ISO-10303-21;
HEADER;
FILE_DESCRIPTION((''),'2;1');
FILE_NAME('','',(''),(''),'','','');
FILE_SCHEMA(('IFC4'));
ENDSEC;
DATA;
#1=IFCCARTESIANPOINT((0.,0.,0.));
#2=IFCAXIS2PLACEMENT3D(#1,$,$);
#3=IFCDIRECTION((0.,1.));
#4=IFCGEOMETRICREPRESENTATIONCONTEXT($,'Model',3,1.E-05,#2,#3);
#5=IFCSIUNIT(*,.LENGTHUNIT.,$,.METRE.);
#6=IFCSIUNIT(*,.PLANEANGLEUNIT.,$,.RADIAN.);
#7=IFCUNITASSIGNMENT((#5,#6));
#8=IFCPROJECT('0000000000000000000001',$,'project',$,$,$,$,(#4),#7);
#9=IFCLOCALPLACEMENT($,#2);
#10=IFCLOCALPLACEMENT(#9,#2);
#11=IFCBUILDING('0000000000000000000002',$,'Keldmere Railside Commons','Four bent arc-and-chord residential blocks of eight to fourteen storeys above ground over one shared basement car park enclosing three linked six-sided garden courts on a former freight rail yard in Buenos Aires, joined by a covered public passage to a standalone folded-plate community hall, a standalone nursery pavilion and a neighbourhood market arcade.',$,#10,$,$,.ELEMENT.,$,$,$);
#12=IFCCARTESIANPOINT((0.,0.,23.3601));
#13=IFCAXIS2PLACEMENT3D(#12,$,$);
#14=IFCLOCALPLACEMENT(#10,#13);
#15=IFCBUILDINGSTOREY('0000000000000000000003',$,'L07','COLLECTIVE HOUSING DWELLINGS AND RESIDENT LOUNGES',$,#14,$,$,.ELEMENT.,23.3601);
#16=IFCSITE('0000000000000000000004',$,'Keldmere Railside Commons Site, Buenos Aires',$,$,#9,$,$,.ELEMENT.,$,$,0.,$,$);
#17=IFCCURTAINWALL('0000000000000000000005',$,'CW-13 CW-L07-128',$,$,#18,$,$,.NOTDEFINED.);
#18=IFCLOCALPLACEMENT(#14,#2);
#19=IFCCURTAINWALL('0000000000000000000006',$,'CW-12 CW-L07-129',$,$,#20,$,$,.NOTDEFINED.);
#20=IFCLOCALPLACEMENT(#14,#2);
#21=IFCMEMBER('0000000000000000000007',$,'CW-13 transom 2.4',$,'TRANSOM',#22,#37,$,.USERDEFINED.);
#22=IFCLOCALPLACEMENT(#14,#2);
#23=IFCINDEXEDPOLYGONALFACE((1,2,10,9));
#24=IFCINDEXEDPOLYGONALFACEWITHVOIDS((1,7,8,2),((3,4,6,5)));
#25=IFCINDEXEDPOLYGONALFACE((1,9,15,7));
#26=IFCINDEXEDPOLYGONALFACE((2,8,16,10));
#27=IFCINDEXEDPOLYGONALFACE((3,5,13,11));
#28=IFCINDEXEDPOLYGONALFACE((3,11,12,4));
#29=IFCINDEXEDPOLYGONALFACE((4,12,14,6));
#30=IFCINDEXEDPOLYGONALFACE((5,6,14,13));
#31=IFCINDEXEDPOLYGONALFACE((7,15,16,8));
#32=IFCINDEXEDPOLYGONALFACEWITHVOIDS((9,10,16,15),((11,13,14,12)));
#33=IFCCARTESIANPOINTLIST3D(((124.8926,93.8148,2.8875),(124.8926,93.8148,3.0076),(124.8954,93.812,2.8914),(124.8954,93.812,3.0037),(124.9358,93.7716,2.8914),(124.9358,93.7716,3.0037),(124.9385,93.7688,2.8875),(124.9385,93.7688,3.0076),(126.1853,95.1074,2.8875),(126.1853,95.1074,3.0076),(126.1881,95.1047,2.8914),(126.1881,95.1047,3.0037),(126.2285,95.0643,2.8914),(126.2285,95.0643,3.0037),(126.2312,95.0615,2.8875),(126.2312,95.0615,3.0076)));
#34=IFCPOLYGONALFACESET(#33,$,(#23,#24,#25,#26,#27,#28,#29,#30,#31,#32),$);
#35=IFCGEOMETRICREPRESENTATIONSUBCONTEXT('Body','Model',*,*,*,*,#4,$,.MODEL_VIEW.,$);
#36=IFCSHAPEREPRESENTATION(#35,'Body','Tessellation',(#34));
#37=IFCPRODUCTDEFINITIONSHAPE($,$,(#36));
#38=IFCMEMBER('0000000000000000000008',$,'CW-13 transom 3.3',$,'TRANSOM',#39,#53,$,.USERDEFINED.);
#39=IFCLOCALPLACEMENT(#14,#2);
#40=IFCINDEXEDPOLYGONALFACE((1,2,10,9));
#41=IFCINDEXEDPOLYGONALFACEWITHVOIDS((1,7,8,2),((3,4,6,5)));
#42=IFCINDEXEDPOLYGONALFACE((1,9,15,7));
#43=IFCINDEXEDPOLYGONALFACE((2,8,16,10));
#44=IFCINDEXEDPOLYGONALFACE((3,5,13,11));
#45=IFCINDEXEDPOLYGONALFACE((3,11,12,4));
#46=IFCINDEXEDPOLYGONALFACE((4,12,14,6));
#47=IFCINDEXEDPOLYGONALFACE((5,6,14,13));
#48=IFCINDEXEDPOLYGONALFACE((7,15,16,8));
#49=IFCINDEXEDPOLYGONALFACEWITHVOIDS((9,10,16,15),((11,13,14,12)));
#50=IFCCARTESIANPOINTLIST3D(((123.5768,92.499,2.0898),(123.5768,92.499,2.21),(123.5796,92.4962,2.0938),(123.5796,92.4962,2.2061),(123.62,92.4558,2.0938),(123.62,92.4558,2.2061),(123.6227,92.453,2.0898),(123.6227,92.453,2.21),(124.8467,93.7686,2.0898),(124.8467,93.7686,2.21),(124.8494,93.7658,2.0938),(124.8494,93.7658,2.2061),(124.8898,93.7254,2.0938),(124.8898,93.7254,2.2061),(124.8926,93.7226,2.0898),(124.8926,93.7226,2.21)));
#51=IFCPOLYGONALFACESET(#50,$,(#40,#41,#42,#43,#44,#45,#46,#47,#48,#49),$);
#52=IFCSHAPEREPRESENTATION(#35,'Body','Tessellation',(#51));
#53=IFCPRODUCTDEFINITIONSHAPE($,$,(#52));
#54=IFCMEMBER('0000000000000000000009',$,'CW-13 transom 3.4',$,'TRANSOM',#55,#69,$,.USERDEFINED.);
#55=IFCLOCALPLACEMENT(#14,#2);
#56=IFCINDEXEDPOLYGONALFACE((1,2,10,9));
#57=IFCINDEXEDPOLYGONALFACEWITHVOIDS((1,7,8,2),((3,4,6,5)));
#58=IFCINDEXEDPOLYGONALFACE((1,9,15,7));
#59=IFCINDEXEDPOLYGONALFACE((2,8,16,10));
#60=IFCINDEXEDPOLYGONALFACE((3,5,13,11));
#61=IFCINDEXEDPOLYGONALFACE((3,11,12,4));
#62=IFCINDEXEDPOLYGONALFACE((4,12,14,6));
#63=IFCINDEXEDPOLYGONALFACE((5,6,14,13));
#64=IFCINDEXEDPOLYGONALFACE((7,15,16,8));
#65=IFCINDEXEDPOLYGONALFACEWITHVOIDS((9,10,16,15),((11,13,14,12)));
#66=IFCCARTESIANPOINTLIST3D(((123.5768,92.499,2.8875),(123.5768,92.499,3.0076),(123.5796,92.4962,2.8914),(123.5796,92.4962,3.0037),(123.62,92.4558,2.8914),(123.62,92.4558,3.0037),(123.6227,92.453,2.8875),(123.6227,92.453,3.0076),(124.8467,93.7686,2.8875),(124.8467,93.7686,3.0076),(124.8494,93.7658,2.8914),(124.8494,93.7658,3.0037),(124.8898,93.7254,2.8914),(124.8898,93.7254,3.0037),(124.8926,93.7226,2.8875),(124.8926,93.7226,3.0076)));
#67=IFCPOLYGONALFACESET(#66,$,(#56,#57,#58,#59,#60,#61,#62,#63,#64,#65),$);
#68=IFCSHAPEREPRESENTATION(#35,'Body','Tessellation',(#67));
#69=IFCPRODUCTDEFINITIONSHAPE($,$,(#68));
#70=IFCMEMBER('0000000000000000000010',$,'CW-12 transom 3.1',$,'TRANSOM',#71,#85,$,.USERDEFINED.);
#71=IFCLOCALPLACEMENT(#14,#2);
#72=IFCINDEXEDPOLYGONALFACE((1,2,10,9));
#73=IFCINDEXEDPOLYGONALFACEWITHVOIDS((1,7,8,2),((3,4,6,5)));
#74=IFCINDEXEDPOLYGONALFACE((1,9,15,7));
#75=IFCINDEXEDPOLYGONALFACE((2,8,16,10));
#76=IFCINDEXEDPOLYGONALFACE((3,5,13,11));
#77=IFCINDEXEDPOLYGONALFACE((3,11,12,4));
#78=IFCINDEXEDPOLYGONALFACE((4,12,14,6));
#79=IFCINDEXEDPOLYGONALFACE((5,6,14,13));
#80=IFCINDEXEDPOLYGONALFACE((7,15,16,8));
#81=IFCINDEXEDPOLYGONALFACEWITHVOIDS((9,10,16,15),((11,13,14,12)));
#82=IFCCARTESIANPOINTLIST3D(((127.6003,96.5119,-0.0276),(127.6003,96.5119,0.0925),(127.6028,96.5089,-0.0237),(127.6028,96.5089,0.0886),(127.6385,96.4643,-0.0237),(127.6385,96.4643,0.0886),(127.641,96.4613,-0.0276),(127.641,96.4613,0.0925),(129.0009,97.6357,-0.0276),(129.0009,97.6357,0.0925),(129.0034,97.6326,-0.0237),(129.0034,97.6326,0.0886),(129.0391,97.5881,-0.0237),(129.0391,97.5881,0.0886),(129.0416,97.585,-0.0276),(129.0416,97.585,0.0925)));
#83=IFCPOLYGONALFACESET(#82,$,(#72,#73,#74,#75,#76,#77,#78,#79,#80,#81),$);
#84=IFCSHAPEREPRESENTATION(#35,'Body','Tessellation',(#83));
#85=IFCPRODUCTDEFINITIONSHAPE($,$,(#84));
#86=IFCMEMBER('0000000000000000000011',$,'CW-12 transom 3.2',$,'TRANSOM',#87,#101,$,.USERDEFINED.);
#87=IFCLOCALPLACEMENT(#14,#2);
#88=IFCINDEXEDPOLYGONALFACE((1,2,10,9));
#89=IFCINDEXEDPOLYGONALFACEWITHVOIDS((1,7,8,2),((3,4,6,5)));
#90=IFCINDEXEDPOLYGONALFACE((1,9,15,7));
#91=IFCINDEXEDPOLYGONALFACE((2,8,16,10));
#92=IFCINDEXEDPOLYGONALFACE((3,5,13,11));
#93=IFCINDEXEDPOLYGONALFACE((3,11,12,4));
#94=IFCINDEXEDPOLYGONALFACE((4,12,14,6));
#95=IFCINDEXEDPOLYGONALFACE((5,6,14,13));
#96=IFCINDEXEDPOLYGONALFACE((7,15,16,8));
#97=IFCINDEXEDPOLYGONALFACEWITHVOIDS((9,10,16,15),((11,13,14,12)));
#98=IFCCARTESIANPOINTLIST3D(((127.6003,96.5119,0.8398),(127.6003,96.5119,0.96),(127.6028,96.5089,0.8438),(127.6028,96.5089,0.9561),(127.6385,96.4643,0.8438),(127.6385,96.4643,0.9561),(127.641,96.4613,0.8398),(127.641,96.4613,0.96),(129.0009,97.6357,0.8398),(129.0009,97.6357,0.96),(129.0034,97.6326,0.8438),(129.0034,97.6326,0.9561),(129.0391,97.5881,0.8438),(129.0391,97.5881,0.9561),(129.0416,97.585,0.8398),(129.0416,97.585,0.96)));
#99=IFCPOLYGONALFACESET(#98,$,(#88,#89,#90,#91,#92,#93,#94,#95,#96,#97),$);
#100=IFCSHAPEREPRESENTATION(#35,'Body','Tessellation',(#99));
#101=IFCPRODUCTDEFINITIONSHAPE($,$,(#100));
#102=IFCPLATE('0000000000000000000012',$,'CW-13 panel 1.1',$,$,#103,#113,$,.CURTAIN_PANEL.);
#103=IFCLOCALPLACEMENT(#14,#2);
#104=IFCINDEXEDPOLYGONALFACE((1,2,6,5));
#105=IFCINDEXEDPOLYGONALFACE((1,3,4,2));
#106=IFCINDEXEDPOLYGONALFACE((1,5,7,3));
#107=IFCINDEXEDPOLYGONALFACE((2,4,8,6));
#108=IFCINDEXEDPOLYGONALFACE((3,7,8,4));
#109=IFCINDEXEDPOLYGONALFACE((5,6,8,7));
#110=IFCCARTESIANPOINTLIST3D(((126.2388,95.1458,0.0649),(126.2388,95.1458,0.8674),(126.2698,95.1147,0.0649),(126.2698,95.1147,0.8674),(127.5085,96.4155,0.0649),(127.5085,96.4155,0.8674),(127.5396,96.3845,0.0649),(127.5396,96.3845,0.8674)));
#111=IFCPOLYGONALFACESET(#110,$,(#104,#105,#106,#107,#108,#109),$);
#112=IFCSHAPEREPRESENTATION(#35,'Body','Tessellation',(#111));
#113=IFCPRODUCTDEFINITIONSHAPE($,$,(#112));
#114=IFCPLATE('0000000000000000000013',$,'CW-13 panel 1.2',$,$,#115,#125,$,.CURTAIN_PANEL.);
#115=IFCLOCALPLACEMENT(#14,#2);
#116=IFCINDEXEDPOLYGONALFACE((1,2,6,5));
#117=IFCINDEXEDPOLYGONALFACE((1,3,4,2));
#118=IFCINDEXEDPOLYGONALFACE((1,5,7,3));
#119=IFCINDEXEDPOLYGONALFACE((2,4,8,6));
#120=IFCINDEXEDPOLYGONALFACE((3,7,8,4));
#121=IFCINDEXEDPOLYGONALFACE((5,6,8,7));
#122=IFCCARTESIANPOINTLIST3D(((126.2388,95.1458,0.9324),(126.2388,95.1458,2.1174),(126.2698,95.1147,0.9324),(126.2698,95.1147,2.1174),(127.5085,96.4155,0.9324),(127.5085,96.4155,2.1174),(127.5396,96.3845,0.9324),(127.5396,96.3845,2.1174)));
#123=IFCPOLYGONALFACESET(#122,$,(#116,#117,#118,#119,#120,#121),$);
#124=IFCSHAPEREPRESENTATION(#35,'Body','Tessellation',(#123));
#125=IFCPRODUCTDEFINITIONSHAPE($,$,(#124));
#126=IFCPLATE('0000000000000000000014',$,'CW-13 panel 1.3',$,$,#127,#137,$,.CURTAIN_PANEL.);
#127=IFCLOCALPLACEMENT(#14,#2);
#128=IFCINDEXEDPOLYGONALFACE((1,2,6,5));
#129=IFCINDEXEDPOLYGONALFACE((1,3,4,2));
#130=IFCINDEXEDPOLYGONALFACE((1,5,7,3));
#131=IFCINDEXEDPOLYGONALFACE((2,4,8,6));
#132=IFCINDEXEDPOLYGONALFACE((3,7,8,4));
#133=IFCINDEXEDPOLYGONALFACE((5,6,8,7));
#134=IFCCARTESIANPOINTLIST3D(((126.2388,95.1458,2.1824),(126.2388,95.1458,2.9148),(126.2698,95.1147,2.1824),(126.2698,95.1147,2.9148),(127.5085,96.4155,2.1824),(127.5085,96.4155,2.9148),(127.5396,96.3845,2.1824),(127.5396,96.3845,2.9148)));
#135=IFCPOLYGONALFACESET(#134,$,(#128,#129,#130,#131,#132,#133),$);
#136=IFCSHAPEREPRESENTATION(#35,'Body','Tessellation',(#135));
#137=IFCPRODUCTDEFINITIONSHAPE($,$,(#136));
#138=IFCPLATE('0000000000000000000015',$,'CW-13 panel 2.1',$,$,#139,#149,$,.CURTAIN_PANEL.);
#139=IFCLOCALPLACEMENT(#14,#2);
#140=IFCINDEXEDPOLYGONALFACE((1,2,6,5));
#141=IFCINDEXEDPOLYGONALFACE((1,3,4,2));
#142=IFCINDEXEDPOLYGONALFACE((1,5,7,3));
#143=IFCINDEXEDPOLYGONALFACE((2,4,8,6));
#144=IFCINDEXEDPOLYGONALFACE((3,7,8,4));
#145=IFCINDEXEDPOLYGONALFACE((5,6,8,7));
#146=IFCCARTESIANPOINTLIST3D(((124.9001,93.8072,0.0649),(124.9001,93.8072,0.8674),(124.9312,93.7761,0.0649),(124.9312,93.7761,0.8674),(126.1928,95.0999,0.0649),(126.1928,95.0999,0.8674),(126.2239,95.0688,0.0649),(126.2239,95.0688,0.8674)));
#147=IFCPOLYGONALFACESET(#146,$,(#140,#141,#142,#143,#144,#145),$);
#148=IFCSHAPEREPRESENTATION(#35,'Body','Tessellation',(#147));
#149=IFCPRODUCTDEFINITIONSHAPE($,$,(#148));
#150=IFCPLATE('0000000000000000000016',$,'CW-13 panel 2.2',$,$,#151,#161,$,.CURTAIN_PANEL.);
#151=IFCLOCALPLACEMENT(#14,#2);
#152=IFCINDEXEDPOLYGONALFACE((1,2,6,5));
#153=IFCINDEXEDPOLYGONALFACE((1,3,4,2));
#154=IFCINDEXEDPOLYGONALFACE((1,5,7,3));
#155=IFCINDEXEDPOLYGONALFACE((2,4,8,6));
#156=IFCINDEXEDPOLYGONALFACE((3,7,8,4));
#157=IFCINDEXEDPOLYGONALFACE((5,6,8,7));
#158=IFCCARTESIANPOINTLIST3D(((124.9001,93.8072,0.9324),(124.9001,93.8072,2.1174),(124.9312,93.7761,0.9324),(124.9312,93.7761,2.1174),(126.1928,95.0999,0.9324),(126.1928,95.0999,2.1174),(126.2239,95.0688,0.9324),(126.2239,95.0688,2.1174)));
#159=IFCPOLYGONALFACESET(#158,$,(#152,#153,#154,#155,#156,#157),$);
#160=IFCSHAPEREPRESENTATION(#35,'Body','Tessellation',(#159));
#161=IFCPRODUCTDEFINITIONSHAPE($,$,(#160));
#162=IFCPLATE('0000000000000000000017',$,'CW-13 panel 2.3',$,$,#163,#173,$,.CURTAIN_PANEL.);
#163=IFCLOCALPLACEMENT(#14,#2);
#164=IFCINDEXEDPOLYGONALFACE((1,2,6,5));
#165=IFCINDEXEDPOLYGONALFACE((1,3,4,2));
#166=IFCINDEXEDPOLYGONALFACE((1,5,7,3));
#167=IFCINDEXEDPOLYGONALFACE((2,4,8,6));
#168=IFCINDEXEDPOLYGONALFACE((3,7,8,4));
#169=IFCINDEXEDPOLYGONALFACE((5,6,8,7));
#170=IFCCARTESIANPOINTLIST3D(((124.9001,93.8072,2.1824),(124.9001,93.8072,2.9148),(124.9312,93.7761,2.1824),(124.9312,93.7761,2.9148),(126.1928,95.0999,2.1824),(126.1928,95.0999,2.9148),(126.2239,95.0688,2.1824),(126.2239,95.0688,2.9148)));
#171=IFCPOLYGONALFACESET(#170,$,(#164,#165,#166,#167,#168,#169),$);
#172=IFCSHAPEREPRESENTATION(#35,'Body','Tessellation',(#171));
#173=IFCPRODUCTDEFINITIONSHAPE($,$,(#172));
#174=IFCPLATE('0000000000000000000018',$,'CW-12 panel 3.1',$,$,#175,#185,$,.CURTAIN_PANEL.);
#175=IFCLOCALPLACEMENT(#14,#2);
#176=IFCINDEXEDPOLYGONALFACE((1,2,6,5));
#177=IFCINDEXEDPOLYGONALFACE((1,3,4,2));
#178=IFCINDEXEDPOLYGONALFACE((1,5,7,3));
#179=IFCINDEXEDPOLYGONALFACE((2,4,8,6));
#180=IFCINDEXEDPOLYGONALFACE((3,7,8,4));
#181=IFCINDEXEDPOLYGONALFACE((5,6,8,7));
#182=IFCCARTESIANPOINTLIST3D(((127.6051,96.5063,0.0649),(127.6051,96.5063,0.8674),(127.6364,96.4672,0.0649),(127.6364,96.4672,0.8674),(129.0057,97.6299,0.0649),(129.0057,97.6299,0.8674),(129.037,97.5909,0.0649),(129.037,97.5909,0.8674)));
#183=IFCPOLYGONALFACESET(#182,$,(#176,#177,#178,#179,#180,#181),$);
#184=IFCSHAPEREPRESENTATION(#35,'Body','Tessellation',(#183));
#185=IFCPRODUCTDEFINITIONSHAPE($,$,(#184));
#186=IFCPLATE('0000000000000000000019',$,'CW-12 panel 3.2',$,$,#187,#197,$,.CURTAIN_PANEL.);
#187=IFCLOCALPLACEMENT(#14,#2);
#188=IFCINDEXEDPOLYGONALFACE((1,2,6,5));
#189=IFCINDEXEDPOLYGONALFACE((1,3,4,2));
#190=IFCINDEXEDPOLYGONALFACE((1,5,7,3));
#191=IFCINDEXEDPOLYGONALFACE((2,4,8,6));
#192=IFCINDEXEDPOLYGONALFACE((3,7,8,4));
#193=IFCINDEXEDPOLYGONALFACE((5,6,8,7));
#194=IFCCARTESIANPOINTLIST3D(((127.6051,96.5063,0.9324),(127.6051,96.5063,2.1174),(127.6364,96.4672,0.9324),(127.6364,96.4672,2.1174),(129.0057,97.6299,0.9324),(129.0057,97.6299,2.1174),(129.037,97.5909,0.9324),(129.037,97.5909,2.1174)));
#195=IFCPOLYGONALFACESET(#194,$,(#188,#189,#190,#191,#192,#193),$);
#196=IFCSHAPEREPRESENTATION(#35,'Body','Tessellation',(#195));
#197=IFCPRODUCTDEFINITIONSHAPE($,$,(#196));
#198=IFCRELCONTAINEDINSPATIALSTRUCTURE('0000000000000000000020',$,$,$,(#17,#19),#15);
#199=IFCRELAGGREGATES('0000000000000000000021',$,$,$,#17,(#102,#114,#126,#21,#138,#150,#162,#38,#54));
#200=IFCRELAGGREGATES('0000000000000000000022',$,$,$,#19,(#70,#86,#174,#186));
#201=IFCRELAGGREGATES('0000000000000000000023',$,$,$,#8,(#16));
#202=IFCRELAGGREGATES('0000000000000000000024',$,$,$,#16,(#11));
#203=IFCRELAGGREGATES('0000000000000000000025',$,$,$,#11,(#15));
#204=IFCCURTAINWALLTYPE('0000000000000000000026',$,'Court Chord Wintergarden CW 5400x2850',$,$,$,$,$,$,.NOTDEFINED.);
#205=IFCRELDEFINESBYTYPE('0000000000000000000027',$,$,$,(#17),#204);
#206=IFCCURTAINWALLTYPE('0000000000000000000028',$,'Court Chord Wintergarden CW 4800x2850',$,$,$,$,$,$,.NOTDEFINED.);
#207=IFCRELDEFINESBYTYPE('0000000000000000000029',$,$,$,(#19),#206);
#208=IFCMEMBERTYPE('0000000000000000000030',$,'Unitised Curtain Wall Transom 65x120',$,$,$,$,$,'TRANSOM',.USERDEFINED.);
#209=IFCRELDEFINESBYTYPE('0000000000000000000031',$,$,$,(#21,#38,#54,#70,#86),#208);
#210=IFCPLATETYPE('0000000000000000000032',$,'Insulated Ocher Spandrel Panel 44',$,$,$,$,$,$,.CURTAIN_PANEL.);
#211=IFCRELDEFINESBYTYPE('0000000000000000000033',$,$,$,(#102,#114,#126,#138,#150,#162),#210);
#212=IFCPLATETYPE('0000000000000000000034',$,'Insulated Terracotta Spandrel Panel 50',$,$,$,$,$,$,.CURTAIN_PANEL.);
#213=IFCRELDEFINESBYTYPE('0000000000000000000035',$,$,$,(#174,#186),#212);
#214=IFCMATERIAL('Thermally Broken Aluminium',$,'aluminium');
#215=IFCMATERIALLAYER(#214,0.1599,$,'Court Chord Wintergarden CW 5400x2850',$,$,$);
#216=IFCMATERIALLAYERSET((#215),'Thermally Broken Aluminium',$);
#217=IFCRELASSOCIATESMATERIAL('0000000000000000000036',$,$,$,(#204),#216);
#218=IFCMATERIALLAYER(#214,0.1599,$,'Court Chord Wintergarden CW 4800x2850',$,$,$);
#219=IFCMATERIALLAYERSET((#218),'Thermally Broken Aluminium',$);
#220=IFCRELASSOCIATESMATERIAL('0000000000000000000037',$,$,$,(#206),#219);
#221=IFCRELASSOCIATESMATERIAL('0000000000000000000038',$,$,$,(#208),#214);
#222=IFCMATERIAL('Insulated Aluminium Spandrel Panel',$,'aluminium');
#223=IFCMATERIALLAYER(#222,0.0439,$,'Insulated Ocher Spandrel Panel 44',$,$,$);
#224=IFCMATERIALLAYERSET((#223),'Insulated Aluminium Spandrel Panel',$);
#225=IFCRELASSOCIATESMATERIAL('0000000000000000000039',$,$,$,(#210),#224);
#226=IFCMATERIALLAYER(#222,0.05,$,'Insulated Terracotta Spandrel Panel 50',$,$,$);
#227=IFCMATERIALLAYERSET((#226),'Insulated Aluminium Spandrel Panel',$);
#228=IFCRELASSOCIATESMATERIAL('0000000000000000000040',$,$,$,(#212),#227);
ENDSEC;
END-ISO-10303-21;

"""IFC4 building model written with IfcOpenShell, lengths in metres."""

from ifc_helpers import new_model, si_unit, direction, frame, origin, origin_2d, place, context, subcontext, project, spatial, rectangle, hollow_rectangle, extrude, material, layer, layer_set, material_profile, profile_set, type_object, element, aggregate, save


model = new_model("IFC4")

# Units and contexts
model_context = context("Model", 3, precision=1e-05, world=origin(), true_north=direction((0.0, 1.0)))
body_context = subcontext(model_context, "Body", "Model", "MODEL_VIEW")
ifc_project = project(units=[si_unit("LENGTHUNIT", "METRE"), si_unit("PLANEANGLEUNIT", "RADIAN")], contexts=[model_context])

# Site, building, storey
site_placement = place(None, origin())
site = spatial("IfcSite", under=ifc_project, at=site_placement, Name="Keldmere Railside Commons Site, Buenos Aires", CompositionType="ELEMENT", RefElevation=0.0)
building_placement = place(site_placement, origin())
building = spatial("IfcBuilding", under=site, at=building_placement, Name="Keldmere Railside Commons", Description="Four bent arc-and-chord residential blocks of eight to fourteen storeys above ground over one shared basement car park enclosing three linked six-sided garden courts on a former freight rail yard in Buenos Aires, joined by a covered public passage to a standalone folded-plate community hall, a standalone nursery pavilion and a neighbourhood market arcade.", CompositionType="ELEMENT")
storey_placement = place(building_placement, frame((0.0, 0.0, 23.3601)))
storey = spatial("IfcBuildingStorey", under=building, at=storey_placement, Name="L07", Description="COLLECTIVE HOUSING DWELLINGS AND RESIDENT LOUNGES", CompositionType="ELEMENT", Elevation=23.3601)

# Curtain wall
ifc_material_1 = material(Name="Thermally Broken Aluminium", Category="aluminium")
ifc_layer_1 = layer(ifc_material_1, 0.1599, Name="Court Chord Wintergarden CW 5400x2850")
ifc_layer_set_1 = layer_set([ifc_layer_1], Name="Thermally Broken Aluminium")
curtain_wall_type_1 = type_object("IfcCurtainWallType", Name="Court Chord Wintergarden CW 5400x2850", PredefinedType="NOTDEFINED", material=ifc_layer_set_1)
curtain_wall_1_placement = place(storey_placement, origin())
curtain_wall_1 = element("IfcCurtainWall", 1, at=curtain_wall_1_placement, inside=storey, type_object=curtain_wall_type_1, Name="CW-13 CW-L07-128", PredefinedType="NOTDEFINED")

# Curtain wall
ifc_layer_2 = layer(ifc_material_1, 0.1599, Name="Court Chord Wintergarden CW 4800x2850")
ifc_layer_set_2 = layer_set([ifc_layer_2], Name="Thermally Broken Aluminium")
curtain_wall_type_2 = type_object("IfcCurtainWallType", Name="Court Chord Wintergarden CW 4800x2850", PredefinedType="NOTDEFINED", material=ifc_layer_set_2)
curtain_wall_2_placement = place(storey_placement, origin())
curtain_wall_2 = element("IfcCurtainWall", 2, at=curtain_wall_2_placement, inside=storey, type_object=curtain_wall_type_2, Name="CW-12 CW-L07-129", PredefinedType="NOTDEFINED")

# Members
ifc_material_profile_1 = material_profile(ifc_material_1, hollow_rectangle(XDim=0.0649, YDim=0.1201, WallThickness=0.0039, at=origin_2d()), Name="ALU-TRAN-65x120")
ifc_profile_set_1 = profile_set([ifc_material_profile_1], Name="Thermally Broken Aluminium")
member_type_1 = type_object("IfcMemberType", Name="Unitised Curtain Wall Transom 65x120", ElementType="TRANSOM", PredefinedType="USERDEFINED", material=ifc_profile_set_1)
member_1_placement = place(storey_placement, frame((126.2083, 95.0845, 2.9475), z_axis=(-0.707107, -0.707107, 0.0), x_axis=(0.707107, -0.707107, 0.0)))
member_1 = element("IfcMember", 3, at=member_1_placement, type_object=member_type_1, Name="CW-13 transom 2.4", ObjectType="TRANSOM", PredefinedType="USERDEFINED", context=body_context, shape_type="SweptSolid", body=[
    extrude(hollow_rectangle(XDim=0.0649, YDim=0.1201, WallThickness=0.0039, at=origin_2d()), origin(), (0.0, 0.0, 1.0), 1.8281),
])
member_2_placement = place(storey_placement, frame((124.8696, 93.7456, 2.1499), z_axis=(-0.707175, -0.707039, 0.0), x_axis=(0.707039, -0.707175, 0.0)))
member_2 = element("IfcMember", 4, at=member_2_placement, type_object=member_type_1, Name="CW-13 transom 3.3", ObjectType="TRANSOM", PredefinedType="USERDEFINED", context=body_context, shape_type="SweptSolid", body=[
    extrude(hollow_rectangle(XDim=0.0649, YDim=0.1201, WallThickness=0.0039, at=origin_2d()), origin(), (0.0, 0.0, 1.0), 1.7957),
])
member_3_placement = place(storey_placement, frame((124.8696, 93.7456, 2.9475), z_axis=(-0.707175, -0.707039, 0.0), x_axis=(0.707039, -0.707175, 0.0)))
member_3 = element("IfcMember", 5, at=member_3_placement, type_object=member_type_1, Name="CW-13 transom 3.4", ObjectType="TRANSOM", PredefinedType="USERDEFINED", context=body_context, shape_type="SweptSolid", body=[
    extrude(hollow_rectangle(XDim=0.0649, YDim=0.1201, WallThickness=0.0039, at=origin_2d()), origin(), (0.0, 0.0, 1.0), 1.7957),
])
member_4_placement = place(storey_placement, frame((129.0212, 97.6104, 0.0325), z_axis=(-0.779979, -0.625805, 0.0), x_axis=(0.625805, -0.779979, 0.0)))
member_4 = element("IfcMember", 6, at=member_4_placement, type_object=member_type_1, Name="CW-12 transom 3.1", ObjectType="TRANSOM", PredefinedType="USERDEFINED", context=body_context, shape_type="SweptSolid", body=[
    extrude(hollow_rectangle(XDim=0.0649, YDim=0.1201, WallThickness=0.0039, at=origin_2d()), origin(), (0.0, 0.0, 1.0), 1.7957),
])
member_5_placement = place(storey_placement, frame((129.0212, 97.6104, 0.8999), z_axis=(-0.779979, -0.625805, 0.0), x_axis=(0.625805, -0.779979, 0.0)))
member_5 = element("IfcMember", 7, at=member_5_placement, type_object=member_type_1, Name="CW-12 transom 3.2", ObjectType="TRANSOM", PredefinedType="USERDEFINED", context=body_context, shape_type="SweptSolid", body=[
    extrude(hollow_rectangle(XDim=0.0649, YDim=0.1201, WallThickness=0.0039, at=origin_2d()), origin(), (0.0, 0.0, 1.0), 1.7957),
])

# Plates
ifc_material_2 = material(Name="Insulated Aluminium Spandrel Panel", Category="aluminium")
ifc_layer_3 = layer(ifc_material_2, 0.0439, Name="Insulated Ocher Spandrel Panel 44")
ifc_layer_set_3 = layer_set([ifc_layer_3], Name="Insulated Aluminium Spandrel Panel")
plate_type_1 = type_object("IfcPlateType", Name="Insulated Ocher Spandrel Panel 44", PredefinedType="CURTAIN_PANEL", material=ifc_layer_set_3)
plate_1_placement = place(storey_placement, frame((126.8892, 95.7651, 0.0649), z_axis=(0.0, 0.0, 1.0), x_axis=(-0.707107, -0.707107, 0.0)))
plate_1 = element("IfcPlate", 8, at=plate_1_placement, type_object=plate_type_1, Name="CW-13 panel 1.1", PredefinedType="CURTAIN_PANEL", context=body_context, shape_type="SweptSolid", body=[
    extrude(rectangle(XDim=1.7957, YDim=0.0439, at=origin_2d()), origin(), (0.0, 0.0, 1.0), 0.8025),
])
plate_2_placement = place(storey_placement, frame((126.8892, 95.7651, 0.9324), z_axis=(0.0, 0.0, 1.0), x_axis=(-0.707107, -0.707107, 0.0)))
plate_2 = element("IfcPlate", 9, at=plate_2_placement, type_object=plate_type_1, Name="CW-13 panel 1.2", PredefinedType="CURTAIN_PANEL", context=body_context, shape_type="SweptSolid", body=[
    extrude(rectangle(XDim=1.7957, YDim=0.0439, at=origin_2d()), origin(), (0.0, 0.0, 1.0), 1.1851),
])
plate_3_placement = place(storey_placement, frame((126.8892, 95.7651, 2.1824), z_axis=(0.0, 0.0, 1.0), x_axis=(-0.707107, -0.707107, 0.0)))
plate_3 = element("IfcPlate", 10, at=plate_3_placement, type_object=plate_type_1, Name="CW-13 panel 1.3", PredefinedType="CURTAIN_PANEL", context=body_context, shape_type="SweptSolid", body=[
    extrude(rectangle(XDim=1.7957, YDim=0.0439, at=origin_2d()), origin(), (0.0, 0.0, 1.0), 0.7324),
])
plate_4_placement = place(storey_placement, frame((125.562, 94.438, 0.0649), z_axis=(0.0, 0.0, 1.0), x_axis=(-0.707107, -0.707107, 0.0)))
plate_4 = element("IfcPlate", 11, at=plate_4_placement, type_object=plate_type_1, Name="CW-13 panel 2.1", PredefinedType="CURTAIN_PANEL", context=body_context, shape_type="SweptSolid", body=[
    extrude(rectangle(XDim=1.8281, YDim=0.0439, at=origin_2d()), origin(), (0.0, 0.0, 1.0), 0.8025),
])
plate_5_placement = place(storey_placement, frame((125.562, 94.438, 0.9324), z_axis=(0.0, 0.0, 1.0), x_axis=(-0.707107, -0.707107, 0.0)))
plate_5 = element("IfcPlate", 12, at=plate_5_placement, type_object=plate_type_1, Name="CW-13 panel 2.2", PredefinedType="CURTAIN_PANEL", context=body_context, shape_type="SweptSolid", body=[
    extrude(rectangle(XDim=1.8281, YDim=0.0439, at=origin_2d()), origin(), (0.0, 0.0, 1.0), 1.1851),
])
plate_6_placement = place(storey_placement, frame((125.562, 94.438, 2.1824), z_axis=(0.0, 0.0, 1.0), x_axis=(-0.707107, -0.707107, 0.0)))
plate_6 = element("IfcPlate", 13, at=plate_6_placement, type_object=plate_type_1, Name="CW-13 panel 2.3", PredefinedType="CURTAIN_PANEL", context=body_context, shape_type="SweptSolid", body=[
    extrude(rectangle(XDim=1.8281, YDim=0.0439, at=origin_2d()), origin(), (0.0, 0.0, 1.0), 0.7324),
])
aggregate(curtain_wall_1, [plate_1, plate_2, plate_3, member_1, plate_4, plate_5, plate_6, member_2, member_3])
ifc_layer_4 = layer(ifc_material_2, 0.05, Name="Insulated Terracotta Spandrel Panel 50")
ifc_layer_set_4 = layer_set([ifc_layer_4], Name="Insulated Aluminium Spandrel Panel")
plate_type_2 = type_object("IfcPlateType", Name="Insulated Terracotta Spandrel Panel 50", PredefinedType="CURTAIN_PANEL", material=ifc_layer_set_4)
plate_7_placement = place(storey_placement, frame((128.321, 97.0486, 0.0649), z_axis=(0.0, 0.0, 1.0), x_axis=(-0.780009, -0.625768, 0.0)))
plate_7 = element("IfcPlate", 14, at=plate_7_placement, type_object=plate_type_2, Name="CW-12 panel 3.1", PredefinedType="CURTAIN_PANEL", context=body_context, shape_type="SweptSolid", body=[
    extrude(rectangle(XDim=1.7957, YDim=0.05, at=origin_2d()), origin(), (0.0, 0.0, 1.0), 0.8025),
])
plate_8_placement = place(storey_placement, frame((128.321, 97.0486, 0.9324), z_axis=(0.0, 0.0, 1.0), x_axis=(-0.780009, -0.625768, 0.0)))
plate_8 = element("IfcPlate", 15, at=plate_8_placement, type_object=plate_type_2, Name="CW-12 panel 3.2", PredefinedType="CURTAIN_PANEL", context=body_context, shape_type="SweptSolid", body=[
    extrude(rectangle(XDim=1.7957, YDim=0.05, at=origin_2d()), origin(), (0.0, 0.0, 1.0), 1.1851),
])
aggregate(curtain_wall_2, [member_4, member_5, plate_7, plate_8])

save(model, "model.ifc")
